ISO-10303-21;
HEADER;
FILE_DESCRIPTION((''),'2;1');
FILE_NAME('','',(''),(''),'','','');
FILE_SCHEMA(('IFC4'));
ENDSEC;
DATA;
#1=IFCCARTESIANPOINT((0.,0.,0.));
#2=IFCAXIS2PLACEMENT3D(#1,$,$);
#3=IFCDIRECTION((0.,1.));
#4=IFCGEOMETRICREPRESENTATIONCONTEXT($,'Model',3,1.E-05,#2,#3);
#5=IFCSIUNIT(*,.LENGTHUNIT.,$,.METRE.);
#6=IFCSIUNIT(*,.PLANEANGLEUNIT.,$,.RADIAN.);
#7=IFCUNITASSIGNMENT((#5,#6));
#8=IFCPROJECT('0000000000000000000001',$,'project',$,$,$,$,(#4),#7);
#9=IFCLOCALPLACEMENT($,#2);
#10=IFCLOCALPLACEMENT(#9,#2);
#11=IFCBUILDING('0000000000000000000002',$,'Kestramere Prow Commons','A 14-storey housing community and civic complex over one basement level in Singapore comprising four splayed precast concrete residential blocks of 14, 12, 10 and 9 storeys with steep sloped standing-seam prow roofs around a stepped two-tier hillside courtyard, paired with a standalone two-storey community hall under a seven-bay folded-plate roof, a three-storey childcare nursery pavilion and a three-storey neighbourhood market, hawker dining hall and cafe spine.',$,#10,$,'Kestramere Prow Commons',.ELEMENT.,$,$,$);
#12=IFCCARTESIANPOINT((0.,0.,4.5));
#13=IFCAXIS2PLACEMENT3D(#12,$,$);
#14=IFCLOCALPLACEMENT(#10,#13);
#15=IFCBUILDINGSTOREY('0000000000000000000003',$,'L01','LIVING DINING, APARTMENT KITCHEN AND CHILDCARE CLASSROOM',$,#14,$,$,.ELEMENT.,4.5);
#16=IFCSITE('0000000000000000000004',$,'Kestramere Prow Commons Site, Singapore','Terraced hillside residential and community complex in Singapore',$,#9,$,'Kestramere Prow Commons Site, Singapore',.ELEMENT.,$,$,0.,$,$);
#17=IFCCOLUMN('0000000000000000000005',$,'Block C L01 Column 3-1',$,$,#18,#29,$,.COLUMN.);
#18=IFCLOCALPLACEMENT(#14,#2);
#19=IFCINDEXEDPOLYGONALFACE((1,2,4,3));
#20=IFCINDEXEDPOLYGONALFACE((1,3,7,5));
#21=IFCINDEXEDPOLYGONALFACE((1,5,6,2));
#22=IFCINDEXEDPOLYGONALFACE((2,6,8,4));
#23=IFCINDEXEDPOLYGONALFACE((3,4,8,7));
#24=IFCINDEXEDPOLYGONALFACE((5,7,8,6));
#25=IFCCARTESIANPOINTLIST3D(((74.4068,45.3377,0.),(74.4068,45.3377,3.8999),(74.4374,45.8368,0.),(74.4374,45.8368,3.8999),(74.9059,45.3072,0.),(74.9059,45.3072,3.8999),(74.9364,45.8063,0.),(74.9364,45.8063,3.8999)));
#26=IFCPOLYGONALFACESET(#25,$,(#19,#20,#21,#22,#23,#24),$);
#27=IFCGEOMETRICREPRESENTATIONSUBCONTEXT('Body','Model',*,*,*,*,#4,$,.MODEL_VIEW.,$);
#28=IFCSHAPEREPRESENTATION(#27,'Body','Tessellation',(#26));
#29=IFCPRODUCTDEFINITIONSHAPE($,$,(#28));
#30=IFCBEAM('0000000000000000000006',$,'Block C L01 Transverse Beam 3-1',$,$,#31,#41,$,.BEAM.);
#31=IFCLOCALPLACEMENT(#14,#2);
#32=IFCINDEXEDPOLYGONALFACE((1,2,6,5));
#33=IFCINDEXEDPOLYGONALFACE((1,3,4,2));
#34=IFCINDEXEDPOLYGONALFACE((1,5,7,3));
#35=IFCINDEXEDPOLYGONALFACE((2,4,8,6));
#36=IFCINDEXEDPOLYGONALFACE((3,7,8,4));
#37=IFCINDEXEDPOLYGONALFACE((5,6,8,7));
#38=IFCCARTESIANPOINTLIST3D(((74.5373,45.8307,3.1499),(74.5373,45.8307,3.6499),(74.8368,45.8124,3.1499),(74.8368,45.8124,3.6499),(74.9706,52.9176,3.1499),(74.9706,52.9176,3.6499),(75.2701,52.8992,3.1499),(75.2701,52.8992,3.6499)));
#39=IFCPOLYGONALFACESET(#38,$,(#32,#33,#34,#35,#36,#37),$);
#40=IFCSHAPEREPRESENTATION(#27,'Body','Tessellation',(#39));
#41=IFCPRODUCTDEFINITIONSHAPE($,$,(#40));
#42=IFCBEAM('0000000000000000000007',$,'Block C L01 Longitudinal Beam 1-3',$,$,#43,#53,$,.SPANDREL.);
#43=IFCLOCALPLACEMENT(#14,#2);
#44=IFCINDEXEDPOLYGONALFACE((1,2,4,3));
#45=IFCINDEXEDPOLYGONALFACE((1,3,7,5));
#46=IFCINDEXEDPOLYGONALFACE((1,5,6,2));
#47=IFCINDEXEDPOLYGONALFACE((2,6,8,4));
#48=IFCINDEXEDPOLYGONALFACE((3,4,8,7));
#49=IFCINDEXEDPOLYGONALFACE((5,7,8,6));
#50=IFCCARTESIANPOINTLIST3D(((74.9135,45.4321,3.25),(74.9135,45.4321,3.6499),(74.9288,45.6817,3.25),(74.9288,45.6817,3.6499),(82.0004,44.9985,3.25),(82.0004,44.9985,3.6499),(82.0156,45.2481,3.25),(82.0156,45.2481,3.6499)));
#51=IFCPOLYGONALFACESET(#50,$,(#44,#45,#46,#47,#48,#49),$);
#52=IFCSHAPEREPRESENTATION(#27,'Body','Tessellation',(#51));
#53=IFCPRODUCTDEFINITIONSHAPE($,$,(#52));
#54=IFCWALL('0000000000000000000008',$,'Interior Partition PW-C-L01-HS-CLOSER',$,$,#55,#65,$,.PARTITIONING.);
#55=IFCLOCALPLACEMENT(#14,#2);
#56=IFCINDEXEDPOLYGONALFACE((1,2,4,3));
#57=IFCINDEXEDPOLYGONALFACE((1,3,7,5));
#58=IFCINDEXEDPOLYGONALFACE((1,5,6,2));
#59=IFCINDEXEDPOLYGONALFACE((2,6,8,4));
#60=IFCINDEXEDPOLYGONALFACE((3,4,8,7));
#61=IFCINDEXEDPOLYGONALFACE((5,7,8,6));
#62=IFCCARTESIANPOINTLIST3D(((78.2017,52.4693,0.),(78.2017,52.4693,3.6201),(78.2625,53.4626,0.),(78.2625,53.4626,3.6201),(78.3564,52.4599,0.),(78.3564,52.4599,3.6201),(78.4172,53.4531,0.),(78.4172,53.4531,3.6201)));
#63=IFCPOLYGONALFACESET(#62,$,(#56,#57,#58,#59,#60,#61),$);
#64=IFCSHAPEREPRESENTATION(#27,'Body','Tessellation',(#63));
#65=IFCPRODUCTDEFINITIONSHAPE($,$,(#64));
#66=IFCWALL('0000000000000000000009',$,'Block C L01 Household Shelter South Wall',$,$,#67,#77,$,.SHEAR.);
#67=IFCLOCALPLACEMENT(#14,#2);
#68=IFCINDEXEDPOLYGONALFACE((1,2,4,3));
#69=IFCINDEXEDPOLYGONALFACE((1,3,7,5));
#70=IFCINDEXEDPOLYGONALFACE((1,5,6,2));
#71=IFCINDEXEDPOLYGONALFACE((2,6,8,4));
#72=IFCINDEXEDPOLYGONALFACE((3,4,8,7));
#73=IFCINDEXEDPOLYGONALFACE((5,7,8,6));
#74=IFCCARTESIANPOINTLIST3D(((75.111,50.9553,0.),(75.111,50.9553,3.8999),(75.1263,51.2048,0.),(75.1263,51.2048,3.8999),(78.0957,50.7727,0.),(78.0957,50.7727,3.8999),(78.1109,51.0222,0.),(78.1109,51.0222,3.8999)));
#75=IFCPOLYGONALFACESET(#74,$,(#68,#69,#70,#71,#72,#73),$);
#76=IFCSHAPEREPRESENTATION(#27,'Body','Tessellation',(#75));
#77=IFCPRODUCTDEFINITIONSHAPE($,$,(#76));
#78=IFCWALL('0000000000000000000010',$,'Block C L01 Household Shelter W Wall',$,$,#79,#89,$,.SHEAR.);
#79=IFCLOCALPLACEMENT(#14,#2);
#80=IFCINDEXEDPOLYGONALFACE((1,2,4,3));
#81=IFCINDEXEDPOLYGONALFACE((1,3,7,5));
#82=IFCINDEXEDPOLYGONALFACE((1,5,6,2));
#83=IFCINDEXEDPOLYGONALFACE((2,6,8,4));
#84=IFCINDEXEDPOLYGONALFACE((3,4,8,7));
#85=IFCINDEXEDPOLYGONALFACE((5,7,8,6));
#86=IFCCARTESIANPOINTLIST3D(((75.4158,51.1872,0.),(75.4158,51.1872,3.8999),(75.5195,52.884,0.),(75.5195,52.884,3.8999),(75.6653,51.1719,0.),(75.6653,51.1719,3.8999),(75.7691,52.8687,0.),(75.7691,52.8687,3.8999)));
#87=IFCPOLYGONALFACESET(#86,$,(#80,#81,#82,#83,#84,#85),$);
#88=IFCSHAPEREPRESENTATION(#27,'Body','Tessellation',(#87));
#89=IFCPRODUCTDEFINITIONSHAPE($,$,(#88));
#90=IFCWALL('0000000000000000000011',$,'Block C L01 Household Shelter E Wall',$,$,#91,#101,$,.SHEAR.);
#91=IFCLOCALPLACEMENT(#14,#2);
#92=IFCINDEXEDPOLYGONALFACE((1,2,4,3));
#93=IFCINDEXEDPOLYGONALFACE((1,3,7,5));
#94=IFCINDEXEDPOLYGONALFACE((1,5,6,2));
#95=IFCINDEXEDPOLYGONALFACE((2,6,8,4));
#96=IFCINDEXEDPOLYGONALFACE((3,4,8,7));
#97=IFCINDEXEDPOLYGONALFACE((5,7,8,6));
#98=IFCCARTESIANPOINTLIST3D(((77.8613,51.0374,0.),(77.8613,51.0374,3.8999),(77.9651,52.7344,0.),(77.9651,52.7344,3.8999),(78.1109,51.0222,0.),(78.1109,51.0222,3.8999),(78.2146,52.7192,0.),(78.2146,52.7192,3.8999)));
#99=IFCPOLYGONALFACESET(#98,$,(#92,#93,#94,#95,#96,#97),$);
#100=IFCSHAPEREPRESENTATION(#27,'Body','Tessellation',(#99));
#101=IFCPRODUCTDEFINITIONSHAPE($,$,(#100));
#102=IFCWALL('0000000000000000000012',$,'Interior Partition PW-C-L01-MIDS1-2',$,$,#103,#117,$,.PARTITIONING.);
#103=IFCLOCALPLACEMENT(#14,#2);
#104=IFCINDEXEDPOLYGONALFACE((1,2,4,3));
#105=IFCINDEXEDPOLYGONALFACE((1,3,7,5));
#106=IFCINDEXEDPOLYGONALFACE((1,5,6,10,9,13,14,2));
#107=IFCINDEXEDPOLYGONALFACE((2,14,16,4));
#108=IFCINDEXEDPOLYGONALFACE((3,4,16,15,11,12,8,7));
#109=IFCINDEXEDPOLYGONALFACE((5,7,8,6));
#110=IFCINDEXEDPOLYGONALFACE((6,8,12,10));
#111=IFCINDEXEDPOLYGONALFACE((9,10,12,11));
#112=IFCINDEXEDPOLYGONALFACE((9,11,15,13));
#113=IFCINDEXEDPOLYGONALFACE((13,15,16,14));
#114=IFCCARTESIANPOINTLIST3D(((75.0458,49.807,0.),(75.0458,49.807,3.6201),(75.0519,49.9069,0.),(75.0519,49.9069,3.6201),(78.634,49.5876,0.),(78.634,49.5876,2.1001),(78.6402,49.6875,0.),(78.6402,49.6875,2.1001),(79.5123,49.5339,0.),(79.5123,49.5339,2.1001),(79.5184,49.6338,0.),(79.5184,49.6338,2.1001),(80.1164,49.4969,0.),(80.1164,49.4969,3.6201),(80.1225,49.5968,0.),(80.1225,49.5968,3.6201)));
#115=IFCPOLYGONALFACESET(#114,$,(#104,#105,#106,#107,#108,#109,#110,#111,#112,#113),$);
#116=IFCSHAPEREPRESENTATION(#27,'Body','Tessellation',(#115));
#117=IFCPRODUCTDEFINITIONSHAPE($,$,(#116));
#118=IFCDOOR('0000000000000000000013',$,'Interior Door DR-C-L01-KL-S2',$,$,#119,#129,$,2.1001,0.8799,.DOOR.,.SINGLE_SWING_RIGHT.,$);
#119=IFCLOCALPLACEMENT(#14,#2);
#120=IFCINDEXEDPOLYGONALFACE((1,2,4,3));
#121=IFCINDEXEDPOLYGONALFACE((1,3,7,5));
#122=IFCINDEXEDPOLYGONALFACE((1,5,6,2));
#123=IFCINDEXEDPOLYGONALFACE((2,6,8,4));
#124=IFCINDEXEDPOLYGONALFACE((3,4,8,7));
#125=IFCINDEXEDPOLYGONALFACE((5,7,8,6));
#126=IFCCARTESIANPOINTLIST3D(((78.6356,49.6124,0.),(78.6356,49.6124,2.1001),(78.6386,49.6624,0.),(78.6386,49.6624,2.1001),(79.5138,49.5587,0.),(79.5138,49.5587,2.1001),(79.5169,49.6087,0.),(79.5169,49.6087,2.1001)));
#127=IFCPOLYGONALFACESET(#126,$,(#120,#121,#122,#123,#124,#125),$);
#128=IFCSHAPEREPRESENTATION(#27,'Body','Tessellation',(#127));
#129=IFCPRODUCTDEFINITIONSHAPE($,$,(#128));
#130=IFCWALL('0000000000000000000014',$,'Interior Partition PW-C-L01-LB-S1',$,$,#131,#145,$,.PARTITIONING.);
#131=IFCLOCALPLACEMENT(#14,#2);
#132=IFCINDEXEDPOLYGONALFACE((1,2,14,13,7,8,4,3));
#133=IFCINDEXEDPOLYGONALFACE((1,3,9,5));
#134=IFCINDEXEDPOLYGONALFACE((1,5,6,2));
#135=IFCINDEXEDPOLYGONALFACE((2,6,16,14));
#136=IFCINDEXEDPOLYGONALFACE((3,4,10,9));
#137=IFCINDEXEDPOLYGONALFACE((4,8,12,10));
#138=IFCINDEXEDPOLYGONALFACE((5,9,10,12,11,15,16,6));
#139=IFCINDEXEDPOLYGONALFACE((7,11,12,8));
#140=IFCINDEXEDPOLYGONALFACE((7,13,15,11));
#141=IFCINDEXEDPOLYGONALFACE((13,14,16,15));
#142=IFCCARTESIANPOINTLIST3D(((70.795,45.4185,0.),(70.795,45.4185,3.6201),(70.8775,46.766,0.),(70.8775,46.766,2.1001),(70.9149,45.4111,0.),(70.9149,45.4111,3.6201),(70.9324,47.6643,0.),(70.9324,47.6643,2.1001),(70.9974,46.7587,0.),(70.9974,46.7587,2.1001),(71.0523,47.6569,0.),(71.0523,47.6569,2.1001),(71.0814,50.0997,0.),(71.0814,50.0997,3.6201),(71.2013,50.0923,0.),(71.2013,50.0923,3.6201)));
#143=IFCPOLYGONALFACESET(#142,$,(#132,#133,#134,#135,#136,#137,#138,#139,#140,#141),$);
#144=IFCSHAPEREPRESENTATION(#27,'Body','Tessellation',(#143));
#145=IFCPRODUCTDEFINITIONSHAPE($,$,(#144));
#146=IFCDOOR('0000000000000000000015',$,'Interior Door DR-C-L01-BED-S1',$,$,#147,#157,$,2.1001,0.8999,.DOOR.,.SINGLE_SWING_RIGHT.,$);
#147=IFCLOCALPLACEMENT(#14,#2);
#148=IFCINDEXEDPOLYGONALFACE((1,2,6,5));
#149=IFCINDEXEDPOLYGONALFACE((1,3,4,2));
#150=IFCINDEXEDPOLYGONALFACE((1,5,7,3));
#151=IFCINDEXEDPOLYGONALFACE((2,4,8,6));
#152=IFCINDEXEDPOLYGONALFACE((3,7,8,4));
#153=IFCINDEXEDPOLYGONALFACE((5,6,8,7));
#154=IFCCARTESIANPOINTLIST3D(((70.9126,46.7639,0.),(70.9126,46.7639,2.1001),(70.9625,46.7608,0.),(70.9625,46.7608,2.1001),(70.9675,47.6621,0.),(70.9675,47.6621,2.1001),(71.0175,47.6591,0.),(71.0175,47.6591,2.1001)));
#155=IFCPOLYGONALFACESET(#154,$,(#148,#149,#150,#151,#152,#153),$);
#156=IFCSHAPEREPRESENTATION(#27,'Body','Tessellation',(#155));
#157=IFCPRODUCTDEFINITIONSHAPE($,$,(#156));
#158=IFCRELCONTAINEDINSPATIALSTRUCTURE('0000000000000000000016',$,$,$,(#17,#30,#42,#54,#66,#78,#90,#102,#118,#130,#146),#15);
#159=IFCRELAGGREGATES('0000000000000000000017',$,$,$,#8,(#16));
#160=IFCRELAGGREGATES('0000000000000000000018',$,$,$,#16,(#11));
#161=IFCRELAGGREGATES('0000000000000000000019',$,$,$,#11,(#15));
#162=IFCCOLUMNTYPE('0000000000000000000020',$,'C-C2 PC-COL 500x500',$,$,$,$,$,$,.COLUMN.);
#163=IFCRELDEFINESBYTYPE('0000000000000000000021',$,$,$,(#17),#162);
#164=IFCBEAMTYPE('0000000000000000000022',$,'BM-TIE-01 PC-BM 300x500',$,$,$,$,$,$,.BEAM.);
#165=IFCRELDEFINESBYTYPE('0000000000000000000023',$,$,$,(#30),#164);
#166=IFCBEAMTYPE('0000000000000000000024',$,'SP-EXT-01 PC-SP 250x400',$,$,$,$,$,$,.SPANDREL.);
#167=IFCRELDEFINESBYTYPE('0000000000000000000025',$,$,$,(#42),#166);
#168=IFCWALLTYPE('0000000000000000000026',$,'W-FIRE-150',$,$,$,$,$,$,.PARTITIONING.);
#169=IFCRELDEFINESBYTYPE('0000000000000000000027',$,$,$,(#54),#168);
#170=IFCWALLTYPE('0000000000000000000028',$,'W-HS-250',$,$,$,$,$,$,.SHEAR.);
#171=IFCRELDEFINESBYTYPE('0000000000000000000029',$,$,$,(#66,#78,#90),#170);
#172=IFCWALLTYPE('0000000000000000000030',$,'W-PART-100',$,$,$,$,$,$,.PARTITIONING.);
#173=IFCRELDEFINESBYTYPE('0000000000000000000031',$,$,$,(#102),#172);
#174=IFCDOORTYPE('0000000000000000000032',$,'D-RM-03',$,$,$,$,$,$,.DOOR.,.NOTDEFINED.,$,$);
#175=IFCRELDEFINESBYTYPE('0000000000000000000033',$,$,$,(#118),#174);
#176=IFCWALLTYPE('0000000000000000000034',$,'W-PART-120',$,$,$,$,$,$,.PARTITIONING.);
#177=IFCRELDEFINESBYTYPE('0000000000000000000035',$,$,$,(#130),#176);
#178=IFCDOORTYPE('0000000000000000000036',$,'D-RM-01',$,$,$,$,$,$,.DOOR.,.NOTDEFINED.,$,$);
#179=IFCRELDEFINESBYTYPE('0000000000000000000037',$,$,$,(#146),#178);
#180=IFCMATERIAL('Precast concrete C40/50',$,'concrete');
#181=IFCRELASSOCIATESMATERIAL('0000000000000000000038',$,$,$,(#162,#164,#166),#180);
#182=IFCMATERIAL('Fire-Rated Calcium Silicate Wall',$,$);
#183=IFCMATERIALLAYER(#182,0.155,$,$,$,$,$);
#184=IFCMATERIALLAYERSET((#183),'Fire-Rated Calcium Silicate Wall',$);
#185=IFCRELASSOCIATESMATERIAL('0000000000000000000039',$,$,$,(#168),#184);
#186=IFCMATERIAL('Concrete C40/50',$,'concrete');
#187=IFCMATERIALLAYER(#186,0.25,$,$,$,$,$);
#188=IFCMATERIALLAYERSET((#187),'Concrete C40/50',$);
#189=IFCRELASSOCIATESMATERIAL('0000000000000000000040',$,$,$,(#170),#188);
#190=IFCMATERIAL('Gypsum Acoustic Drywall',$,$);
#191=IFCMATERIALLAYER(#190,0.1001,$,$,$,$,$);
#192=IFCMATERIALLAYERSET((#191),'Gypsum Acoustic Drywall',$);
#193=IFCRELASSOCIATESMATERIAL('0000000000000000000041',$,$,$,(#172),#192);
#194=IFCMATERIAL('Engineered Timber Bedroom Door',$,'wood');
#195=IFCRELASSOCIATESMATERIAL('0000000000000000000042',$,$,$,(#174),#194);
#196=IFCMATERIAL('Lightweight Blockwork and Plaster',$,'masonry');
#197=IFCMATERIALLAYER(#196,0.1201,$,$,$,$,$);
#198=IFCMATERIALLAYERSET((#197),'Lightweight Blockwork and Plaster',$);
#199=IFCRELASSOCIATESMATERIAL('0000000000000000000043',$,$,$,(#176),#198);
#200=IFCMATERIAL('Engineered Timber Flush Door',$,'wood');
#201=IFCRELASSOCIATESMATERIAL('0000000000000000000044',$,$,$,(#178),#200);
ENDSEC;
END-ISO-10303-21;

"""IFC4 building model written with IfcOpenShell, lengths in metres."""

from ifc_helpers import new_model, si_unit, direction, frame, frame_2d, origin, origin_2d, place, context, subcontext, project, spatial, rectangle, extrude, material, layer, layer_set, material_profile, profile_set, type_object, element, fill, save


model = new_model("IFC4")

# Units and contexts
model_context = context("Model", 3, precision=1e-05, world=origin(), true_north=direction((0.0, 1.0)))
body_context = subcontext(model_context, "Body", "Model", "MODEL_VIEW")
ifc_project = project(units=[si_unit("LENGTHUNIT", "METRE"), si_unit("PLANEANGLEUNIT", "RADIAN")], contexts=[model_context])

# Site, building, storey
site_placement = place(None, origin())
site = spatial("IfcSite", under=ifc_project, at=site_placement, Name="Kestramere Prow Commons Site, Singapore", Description="Terraced hillside residential and community complex in Singapore", LongName="Kestramere Prow Commons Site, Singapore", CompositionType="ELEMENT", RefElevation=0.0)
building_placement = place(site_placement, origin())
building = spatial("IfcBuilding", under=site, at=building_placement, Name="Kestramere Prow Commons", Description="A 14-storey housing community and civic complex over one basement level in Singapore comprising four splayed precast concrete residential blocks of 14, 12, 10 and 9 storeys with steep sloped standing-seam prow roofs around a stepped two-tier hillside courtyard, paired with a standalone two-storey community hall under a seven-bay folded-plate roof, a three-storey childcare nursery pavilion and a three-storey neighbourhood market, hawker dining hall and cafe spine.", LongName="Kestramere Prow Commons", CompositionType="ELEMENT")
storey_placement = place(building_placement, frame((0.0, 0.0, 4.5)))
storey = spatial("IfcBuildingStorey", under=building, at=storey_placement, Name="L01", Description="LIVING DINING, APARTMENT KITCHEN AND CHILDCARE CLASSROOM", CompositionType="ELEMENT", Elevation=4.5)

# Column
ifc_material_1 = material(Name="Precast concrete C40/50", Category="concrete")
ifc_material_profile_1 = material_profile(ifc_material_1, rectangle(XDim=0.5, YDim=0.5, at=origin_2d()), Name="PC-COL 500x500")
ifc_profile_set_1 = profile_set([ifc_material_profile_1], Name="Precast concrete C40/50")
column_type = type_object("IfcColumnType", Name="C-C2 PC-COL 500x500", PredefinedType="COLUMN", material=ifc_profile_set_1)
column_placement = place(storey_placement, frame((74.6716, 45.572, 0.0), z_axis=(0.0, 0.0, 1.0), x_axis=(0.998135, -0.061049, 0.0)))
element("IfcColumn", 1, at=column_placement, inside=storey, type_object=column_type, Name="Block C L01 Column 3-1", PredefinedType="COLUMN", context=body_context, shape_type="SweptSolid", body=[
    extrude(rectangle(XDim=0.5, YDim=0.5, at=origin_2d()), origin(), (0.0, 0.0, 1.0), 3.8999),
])

# Beams
ifc_material_profile_2 = material_profile(ifc_material_1, rectangle(XDim=0.3, YDim=0.5, at=origin_2d()), Name="PC-BM 300x500")
ifc_profile_set_2 = profile_set([ifc_material_profile_2], Name="Precast concrete C40/50")
beam_type_1 = type_object("IfcBeamType", Name="BM-TIE-01 PC-BM 300x500", PredefinedType="BEAM", material=ifc_profile_set_2)
beam_1_placement = place(storey_placement, frame((74.687, 45.8215, 3.3999), z_axis=(0.061034, 0.998136, 0.0), x_axis=(-0.998136, 0.061034, 0.0)))
element("IfcBeam", 2, at=beam_1_placement, inside=storey, type_object=beam_type_1, Name="Block C L01 Transverse Beam 3-1", PredefinedType="BEAM", context=body_context, shape_type="SweptSolid", body=[
    extrude(rectangle(XDim=0.3, YDim=0.5, at=origin_2d()), origin(), (0.0, 0.0, 1.0), 7.1001),
])
ifc_material_profile_3 = material_profile(ifc_material_1, rectangle(XDim=0.25, YDim=0.3999, at=origin_2d()), Name="PC-SP 250x400")
ifc_profile_set_3 = profile_set([ifc_material_profile_3], Name="Precast concrete C40/50")
beam_type_2 = type_object("IfcBeamType", Name="SP-EXT-01 PC-SP 250x400", PredefinedType="SPANDREL", material=ifc_profile_set_3)
beam_2_placement = place(storey_placement, frame((74.9211, 45.5569, 3.45), z_axis=(0.998134, -0.061068, 0.0), x_axis=(0.061068, 0.998134, 0.0)))
element("IfcBeam", 3, at=beam_2_placement, inside=storey, type_object=beam_type_2, Name="Block C L01 Longitudinal Beam 1-3", PredefinedType="SPANDREL", context=body_context, shape_type="SweptSolid", body=[
    extrude(rectangle(XDim=0.25, YDim=0.3999, at=origin_2d()), origin(), (0.0, 0.0, 1.0), 7.1001),
])

# Walls
ifc_material_2 = material(Name="Fire-Rated Calcium Silicate Wall")
ifc_layer_1 = layer(ifc_material_2, 0.155)
ifc_layer_set_1 = layer_set([ifc_layer_1], Name="Fire-Rated Calcium Silicate Wall")
wall_type_1 = type_object("IfcWallType", Name="W-FIRE-150", PredefinedType="PARTITIONING", material=ifc_layer_set_1)
wall_1_placement = place(storey_placement, frame((78.2791, 52.4646, 0.0), z_axis=(0.0, 0.0, 1.0), x_axis=(0.061095, 0.998132, 0.0)))
element("IfcWall", 4, at=wall_1_placement, inside=storey, type_object=wall_type_1, Name="Interior Partition PW-C-L01-HS-CLOSER", PredefinedType="PARTITIONING", context=body_context, shape_type="SweptSolid", body=[
    extrude(rectangle(XDim=0.9951, YDim=0.155, at=frame_2d((0.4976, 0.0))), origin(), (0.0, 0.0, 1.0), 3.6201),
])
ifc_material_3 = material(Name="Concrete C40/50", Category="concrete")
ifc_layer_2 = layer(ifc_material_3, 0.25)
ifc_layer_set_2 = layer_set([ifc_layer_2], Name="Concrete C40/50")
wall_type_2 = type_object("IfcWallType", Name="W-HS-250", PredefinedType="SHEAR", material=ifc_layer_set_2)
wall_2_placement = place(storey_placement, frame((75.1187, 51.0801, 0.0), z_axis=(0.0, 0.0, 1.0), x_axis=(0.998133, -0.061072, 0.0)))
element("IfcWall", 5, at=wall_2_placement, inside=storey, type_object=wall_type_2, Name="Block C L01 Household Shelter South Wall", PredefinedType="SHEAR", context=body_context, shape_type="SweptSolid", body=[
    extrude(rectangle(XDim=2.9902, YDim=0.25, at=frame_2d((1.4951, 0.0))), origin(), (0.0, 0.0, 1.0), 3.8999),
])
wall_3_placement = place(storey_placement, frame((75.5405, 51.1794, 0.0), z_axis=(0.0, 0.0, 1.0), x_axis=(0.061037, 0.998136, 0.0)))
element("IfcWall", 6, at=wall_3_placement, inside=storey, type_object=wall_type_2, Name="Block C L01 Household Shelter W Wall", PredefinedType="SHEAR", context=body_context, shape_type="SweptSolid", body=[
    extrude(rectangle(XDim=1.7, YDim=0.25, at=frame_2d((0.8501, 0.0))), origin(), (0.0, 0.0, 1.0), 3.8999),
])
wall_4_placement = place(storey_placement, frame((77.9861, 51.0298, 0.0), z_axis=(0.0, 0.0, 1.0), x_axis=(0.061028, 0.998136, 0.0)))
element("IfcWall", 7, at=wall_4_placement, inside=storey, type_object=wall_type_2, Name="Block C L01 Household Shelter E Wall", PredefinedType="SHEAR", context=body_context, shape_type="SweptSolid", body=[
    extrude(rectangle(XDim=1.7002, YDim=0.25, at=frame_2d((0.8501, 0.0))), origin(), (0.0, 0.0, 1.0), 3.8999),
])

# Walls, openings, doors
ifc_material_4 = material(Name="Gypsum Acoustic Drywall")
ifc_layer_3 = layer(ifc_material_4, 0.1001)
ifc_layer_set_3 = layer_set([ifc_layer_3], Name="Gypsum Acoustic Drywall")
wall_type_3 = type_object("IfcWallType", Name="W-PART-100", PredefinedType="PARTITIONING", material=ifc_layer_set_3)
wall_5_placement = place(storey_placement, frame((75.0488, 49.8569, 0.0), z_axis=(0.0, 0.0, 1.0), x_axis=(0.998136, -0.061035, 0.0)))
wall_5 = element("IfcWall", 8, at=wall_5_placement, inside=storey, type_object=wall_type_3, Name="Interior Partition PW-C-L01-MIDS1-2", PredefinedType="PARTITIONING", context=body_context, shape_type="SweptSolid", body=[
    extrude(rectangle(XDim=5.0801, YDim=0.1001, at=frame_2d((2.54, 0.0))), origin(), (0.0, 0.0, 1.0), 3.6201),
])
opening_1_placement = place(wall_5_placement, frame((3.595, 0.0, 0.0)))
opening_1 = element("IfcOpeningElement", 9, at=opening_1_placement, cuts=wall_5, PredefinedType="OPENING", context=body_context, shape_type="SweptSolid", body=[
    extrude(rectangle(XDim=0.8799, YDim=2.1001, at=frame_2d((0.4399, 1.05))), frame((0.0, 0.0649, 0.0), z_axis=(0.0, -1.0, 0.0), x_axis=(1.0, 0.0, 0.0)), (0.0, 0.0, 1.0), 0.1301),
])
ifc_material_5 = material(Name="Engineered Timber Bedroom Door", Category="wood")
door_type_1 = type_object("IfcDoorType", Name="D-RM-03", OperationType="NOTDEFINED", PredefinedType="DOOR", material=ifc_material_5)
door_1_placement = place(opening_1_placement, origin())
door_1 = element("IfcDoor", 10, at=door_1_placement, inside=storey, type_object=door_type_1, Name="Interior Door DR-C-L01-KL-S2", OperationType="SINGLE_SWING_RIGHT", OverallHeight=2.1001, OverallWidth=0.8799, PredefinedType="DOOR", context=body_context, shape_type="SweptSolid", body=[
    extrude(rectangle(XDim=0.8799, YDim=2.1001, at=frame_2d((0.4399, 1.05))), frame((0.0, 0.0249, 0.0), z_axis=(0.0, -1.0, 0.0), x_axis=(1.0, 0.0, 0.0)), (0.0, 0.0, 1.0), 0.05),
])
fill(opening_1, door_1)
ifc_material_6 = material(Name="Lightweight Blockwork and Plaster", Category="masonry")
ifc_layer_4 = layer(ifc_material_6, 0.1201)
ifc_layer_set_4 = layer_set([ifc_layer_4], Name="Lightweight Blockwork and Plaster")
wall_type_4 = type_object("IfcWallType", Name="W-PART-120", PredefinedType="PARTITIONING", material=ifc_layer_set_4)
wall_6_placement = place(storey_placement, frame((70.855, 45.4148, 0.0), z_axis=(0.0, 0.0, 1.0), x_axis=(0.061062, 0.998134, 0.0)))
wall_6 = element("IfcWall", 11, at=wall_6_placement, inside=storey, type_object=wall_type_4, Name="Interior Partition PW-C-L01-LB-S1", PredefinedType="PARTITIONING", context=body_context, shape_type="SweptSolid", body=[
    extrude(rectangle(XDim=4.6899, YDim=0.1201, at=frame_2d((2.345, 0.0))), origin(), (0.0, 0.0, 1.0), 3.6201),
])
opening_2_placement = place(wall_6_placement, frame((1.3501, 0.0, 0.0)))
opening_2 = element("IfcOpeningElement", 12, at=opening_2_placement, cuts=wall_6, PredefinedType="OPENING", context=body_context, shape_type="SweptSolid", body=[
    extrude(rectangle(XDim=0.8999, YDim=2.1001, at=frame_2d((0.45, 1.05))), frame((0.0, 0.075, 0.0), z_axis=(0.0, -1.0, 0.0), x_axis=(1.0, 0.0, 0.0)), (0.0, 0.0, 1.0), 0.1501),
])
ifc_material_7 = material(Name="Engineered Timber Flush Door", Category="wood")
door_type_2 = type_object("IfcDoorType", Name="D-RM-01", OperationType="NOTDEFINED", PredefinedType="DOOR", material=ifc_material_7)
door_2_placement = place(opening_2_placement, origin())
door_2 = element("IfcDoor", 13, at=door_2_placement, inside=storey, type_object=door_type_2, Name="Interior Door DR-C-L01-BED-S1", OperationType="SINGLE_SWING_RIGHT", OverallHeight=2.1001, OverallWidth=0.8999, PredefinedType="DOOR", context=body_context, shape_type="SweptSolid", body=[
    extrude(rectangle(XDim=0.8999, YDim=2.1001, at=frame_2d((0.45, 1.05))), frame((0.0, 0.0249, 0.0), z_axis=(0.0, -1.0, 0.0), x_axis=(1.0, 0.0, 0.0)), (0.0, 0.0, 1.0), 0.05),
])
fill(opening_2, door_2)

save(model, "model.ifc")
